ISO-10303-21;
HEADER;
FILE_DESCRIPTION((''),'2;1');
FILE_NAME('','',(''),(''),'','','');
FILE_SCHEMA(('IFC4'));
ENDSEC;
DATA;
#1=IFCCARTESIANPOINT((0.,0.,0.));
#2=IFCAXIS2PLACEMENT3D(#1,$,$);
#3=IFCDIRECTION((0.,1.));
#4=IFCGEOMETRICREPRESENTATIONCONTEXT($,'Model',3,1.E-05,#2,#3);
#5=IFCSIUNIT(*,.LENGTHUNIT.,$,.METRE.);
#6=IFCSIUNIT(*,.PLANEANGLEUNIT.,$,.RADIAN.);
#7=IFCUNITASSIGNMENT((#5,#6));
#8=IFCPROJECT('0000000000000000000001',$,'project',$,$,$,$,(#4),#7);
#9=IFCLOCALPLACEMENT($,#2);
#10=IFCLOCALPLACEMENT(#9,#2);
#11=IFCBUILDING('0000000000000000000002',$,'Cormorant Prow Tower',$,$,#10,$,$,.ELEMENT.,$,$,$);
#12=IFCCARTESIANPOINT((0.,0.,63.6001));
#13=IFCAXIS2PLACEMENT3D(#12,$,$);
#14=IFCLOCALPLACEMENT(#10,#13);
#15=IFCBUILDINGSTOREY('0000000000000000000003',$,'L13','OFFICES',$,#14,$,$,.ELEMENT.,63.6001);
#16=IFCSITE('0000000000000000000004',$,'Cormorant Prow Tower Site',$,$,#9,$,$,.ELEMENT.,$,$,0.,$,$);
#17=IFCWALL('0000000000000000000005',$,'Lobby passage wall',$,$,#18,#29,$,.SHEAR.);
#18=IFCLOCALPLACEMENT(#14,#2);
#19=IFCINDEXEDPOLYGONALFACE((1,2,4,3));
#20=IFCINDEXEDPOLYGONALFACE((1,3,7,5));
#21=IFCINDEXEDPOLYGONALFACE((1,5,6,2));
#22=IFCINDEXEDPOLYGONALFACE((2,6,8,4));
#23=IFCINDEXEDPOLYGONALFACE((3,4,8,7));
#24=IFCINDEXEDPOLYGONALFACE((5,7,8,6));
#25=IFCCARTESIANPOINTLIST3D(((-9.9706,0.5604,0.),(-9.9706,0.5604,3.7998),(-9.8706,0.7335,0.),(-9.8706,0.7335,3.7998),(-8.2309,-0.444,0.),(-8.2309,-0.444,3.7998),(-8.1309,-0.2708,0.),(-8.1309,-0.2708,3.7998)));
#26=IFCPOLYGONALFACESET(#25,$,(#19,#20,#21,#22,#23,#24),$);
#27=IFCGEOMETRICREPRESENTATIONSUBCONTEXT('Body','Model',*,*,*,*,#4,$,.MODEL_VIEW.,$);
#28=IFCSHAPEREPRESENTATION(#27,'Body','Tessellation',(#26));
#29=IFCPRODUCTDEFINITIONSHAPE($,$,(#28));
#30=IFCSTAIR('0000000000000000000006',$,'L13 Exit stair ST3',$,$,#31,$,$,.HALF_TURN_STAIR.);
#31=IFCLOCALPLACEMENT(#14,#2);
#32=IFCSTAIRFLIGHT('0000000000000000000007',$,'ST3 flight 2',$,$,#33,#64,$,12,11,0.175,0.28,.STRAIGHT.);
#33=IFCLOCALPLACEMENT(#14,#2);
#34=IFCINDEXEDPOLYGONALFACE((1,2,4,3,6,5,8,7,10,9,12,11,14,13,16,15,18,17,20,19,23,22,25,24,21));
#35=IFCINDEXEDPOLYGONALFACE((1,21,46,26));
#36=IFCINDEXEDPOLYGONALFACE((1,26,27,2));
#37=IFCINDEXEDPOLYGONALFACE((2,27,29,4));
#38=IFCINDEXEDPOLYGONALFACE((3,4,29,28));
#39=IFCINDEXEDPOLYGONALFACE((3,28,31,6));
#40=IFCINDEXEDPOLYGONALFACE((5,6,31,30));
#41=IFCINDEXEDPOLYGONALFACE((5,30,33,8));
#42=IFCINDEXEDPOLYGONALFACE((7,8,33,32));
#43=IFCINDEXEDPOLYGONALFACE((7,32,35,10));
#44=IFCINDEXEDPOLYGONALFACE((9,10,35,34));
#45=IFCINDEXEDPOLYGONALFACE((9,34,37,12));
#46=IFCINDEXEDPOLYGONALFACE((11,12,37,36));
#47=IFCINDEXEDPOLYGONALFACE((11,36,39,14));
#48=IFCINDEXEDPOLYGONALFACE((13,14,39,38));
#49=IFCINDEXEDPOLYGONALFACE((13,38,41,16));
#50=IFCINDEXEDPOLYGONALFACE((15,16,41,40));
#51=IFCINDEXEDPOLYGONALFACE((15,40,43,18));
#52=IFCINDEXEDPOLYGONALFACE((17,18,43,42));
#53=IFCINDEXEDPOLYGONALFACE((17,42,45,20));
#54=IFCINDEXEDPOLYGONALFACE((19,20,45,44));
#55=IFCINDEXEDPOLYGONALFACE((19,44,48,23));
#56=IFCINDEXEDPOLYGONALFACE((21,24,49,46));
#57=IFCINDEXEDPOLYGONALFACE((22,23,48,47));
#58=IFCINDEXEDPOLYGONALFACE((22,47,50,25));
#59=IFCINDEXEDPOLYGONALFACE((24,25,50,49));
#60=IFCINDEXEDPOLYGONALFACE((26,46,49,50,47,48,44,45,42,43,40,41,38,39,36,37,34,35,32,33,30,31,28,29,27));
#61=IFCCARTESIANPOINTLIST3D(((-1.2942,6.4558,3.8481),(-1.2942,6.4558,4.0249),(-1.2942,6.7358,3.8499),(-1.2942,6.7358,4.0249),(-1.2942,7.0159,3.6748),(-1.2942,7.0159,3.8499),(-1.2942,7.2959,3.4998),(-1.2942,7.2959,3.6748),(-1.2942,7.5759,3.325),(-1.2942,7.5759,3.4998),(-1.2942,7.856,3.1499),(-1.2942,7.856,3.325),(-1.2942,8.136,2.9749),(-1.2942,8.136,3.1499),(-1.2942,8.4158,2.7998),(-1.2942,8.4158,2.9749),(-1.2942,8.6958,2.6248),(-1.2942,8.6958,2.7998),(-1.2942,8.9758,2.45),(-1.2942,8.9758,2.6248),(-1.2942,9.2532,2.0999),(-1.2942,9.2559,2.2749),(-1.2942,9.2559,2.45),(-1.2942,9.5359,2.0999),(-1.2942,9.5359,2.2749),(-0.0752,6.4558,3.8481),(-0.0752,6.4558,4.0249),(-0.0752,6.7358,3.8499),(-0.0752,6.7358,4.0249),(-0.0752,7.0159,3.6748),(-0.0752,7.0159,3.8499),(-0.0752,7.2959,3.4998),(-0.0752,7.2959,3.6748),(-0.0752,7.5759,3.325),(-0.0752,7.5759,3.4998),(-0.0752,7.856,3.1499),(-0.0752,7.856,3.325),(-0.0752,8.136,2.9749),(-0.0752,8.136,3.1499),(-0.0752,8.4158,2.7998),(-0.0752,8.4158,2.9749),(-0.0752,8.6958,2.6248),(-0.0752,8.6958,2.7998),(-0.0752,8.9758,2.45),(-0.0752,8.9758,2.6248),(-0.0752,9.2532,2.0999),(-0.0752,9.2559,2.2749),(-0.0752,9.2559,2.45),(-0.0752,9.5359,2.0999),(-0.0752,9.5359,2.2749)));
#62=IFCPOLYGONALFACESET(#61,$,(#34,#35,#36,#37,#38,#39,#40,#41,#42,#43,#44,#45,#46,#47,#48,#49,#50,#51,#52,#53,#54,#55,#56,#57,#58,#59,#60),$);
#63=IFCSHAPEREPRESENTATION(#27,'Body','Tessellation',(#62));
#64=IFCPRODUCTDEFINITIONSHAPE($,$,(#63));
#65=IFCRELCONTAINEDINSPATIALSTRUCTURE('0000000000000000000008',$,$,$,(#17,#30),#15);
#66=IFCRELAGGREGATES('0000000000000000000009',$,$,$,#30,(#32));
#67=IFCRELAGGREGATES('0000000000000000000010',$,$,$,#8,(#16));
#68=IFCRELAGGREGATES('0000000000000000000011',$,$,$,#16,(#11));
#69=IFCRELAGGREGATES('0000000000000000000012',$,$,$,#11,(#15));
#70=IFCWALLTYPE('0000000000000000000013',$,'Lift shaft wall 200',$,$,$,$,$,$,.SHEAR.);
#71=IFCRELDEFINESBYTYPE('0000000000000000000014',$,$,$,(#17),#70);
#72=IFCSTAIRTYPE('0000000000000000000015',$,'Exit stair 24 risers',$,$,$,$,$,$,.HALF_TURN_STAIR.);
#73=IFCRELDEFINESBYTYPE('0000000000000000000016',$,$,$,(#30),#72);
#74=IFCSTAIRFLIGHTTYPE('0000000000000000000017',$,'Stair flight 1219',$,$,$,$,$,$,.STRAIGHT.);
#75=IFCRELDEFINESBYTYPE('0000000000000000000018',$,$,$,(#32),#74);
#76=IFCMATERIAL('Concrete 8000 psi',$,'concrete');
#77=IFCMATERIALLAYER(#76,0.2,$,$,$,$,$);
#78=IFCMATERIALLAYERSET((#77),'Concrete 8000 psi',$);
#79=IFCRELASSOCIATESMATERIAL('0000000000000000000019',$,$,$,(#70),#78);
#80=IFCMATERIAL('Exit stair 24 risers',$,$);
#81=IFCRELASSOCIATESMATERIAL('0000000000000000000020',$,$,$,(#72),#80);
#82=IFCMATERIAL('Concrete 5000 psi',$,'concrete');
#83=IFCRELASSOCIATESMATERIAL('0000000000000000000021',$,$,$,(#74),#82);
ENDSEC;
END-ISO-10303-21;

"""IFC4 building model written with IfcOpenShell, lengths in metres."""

from ifc_helpers import new_model, si_unit, direction, frame, frame_2d, origin, place, context, subcontext, project, spatial, polyline, rectangle, outline, extrude, material, layer, layer_set, type_object, element, aggregate, save


model = new_model("IFC4")

# Units and contexts
model_context = context("Model", 3, precision=1e-05, world=origin(), true_north=direction((0.0, 1.0)))
body_context = subcontext(model_context, "Body", "Model", "MODEL_VIEW")
ifc_project = project(units=[si_unit("LENGTHUNIT", "METRE"), si_unit("PLANEANGLEUNIT", "RADIAN")], contexts=[model_context])

# Site, building, storey
site_placement = place(None, origin())
site = spatial("IfcSite", under=ifc_project, at=site_placement, Name="Cormorant Prow Tower Site", CompositionType="ELEMENT", RefElevation=0.0)
building_placement = place(site_placement, origin())
building = spatial("IfcBuilding", under=site, at=building_placement, Name="Cormorant Prow Tower", CompositionType="ELEMENT")
storey_placement = place(building_placement, frame((0.0, 0.0, 63.6001)))
storey = spatial("IfcBuildingStorey", under=building, at=storey_placement, Name="L13", Description="OFFICES", CompositionType="ELEMENT", Elevation=63.6001)

# Wall
ifc_material_1 = material(Name="Concrete 8000 psi", Category="concrete")
ifc_layer_1 = layer(ifc_material_1, 0.2)
ifc_layer_set_1 = layer_set([ifc_layer_1], Name="Concrete 8000 psi")
wall_type_1 = type_object("IfcWallType", Name="Lift shaft wall 200", PredefinedType="SHEAR", material=ifc_layer_set_1)
wall_1_placement = place(storey_placement, frame((-8.1809, -0.3574, 0.0), z_axis=(0.0, 0.0, 1.0), x_axis=(-0.866036, 0.499982, 0.0)))
element("IfcWall", 1, at=wall_1_placement, inside=storey, type_object=wall_type_1, Name="Lobby passage wall", PredefinedType="SHEAR", context=body_context, shape_type="SweptSolid", body=[
    extrude(rectangle(XDim=2.0088, YDim=0.2, at=frame_2d((1.0044, 0.0))), origin(), (0.0, 0.0, 1.0), 3.7998),
])

# Stair, stair flight
ifc_material_2 = material(Name="Exit stair 24 risers")
stair_type = type_object("IfcStairType", Name="Exit stair 24 risers", PredefinedType="HALF_TURN_STAIR", material=ifc_material_2)
stair_placement = place(storey_placement, origin())
stair = element("IfcStair", 2, at=stair_placement, inside=storey, type_object=stair_type, Name="L13 Exit stair ST3", PredefinedType="HALF_TURN_STAIR")
ifc_material_3 = material(Name="Concrete 5000 psi", Category="concrete")
stair_flight_type = type_object("IfcStairFlightType", Name="Stair flight 1219", PredefinedType="STRAIGHT", material=ifc_material_3)
stair_flight_placement = place(storey_placement, frame((-0.6846, 9.5359, 2.0999), z_axis=(0.0, 0.0, 1.0), x_axis=(0.0, -1.0, 0.0)))
stair_flight = element("IfcStairFlight", 3, at=stair_flight_placement, type_object=stair_flight_type, Name="ST3 flight 2", NumberOfRisers=12, NumberOfTreads=11, PredefinedType="STRAIGHT", RiserHeight=0.175, TreadLength=0.28, context=body_context, shape_type="SweptSolid", body=[
    extrude(outline(polyline([(0.0, 0.0), (0.0, 0.175), (0.28, 0.175), (0.28, 0.3501), (0.5601, 0.3501), (0.5601, 0.5249), (0.8401, 0.5249), (0.8401, 0.7), (1.1201, 0.7), (1.1201, 0.875), (1.3999, 0.875), (1.3999, 1.05), (1.6799, 1.05), (1.6799, 1.2251), (1.96, 1.2251), (1.96, 1.3999), (2.24, 1.3999), (2.24, 1.575), (2.52, 1.575), (2.52, 1.75), (2.8, 1.75), (2.8, 1.925), (3.0801, 1.925), (3.0801, 2.1001), (3.0801, 1.7483), (0.2827, 0.0), (0.0, 0.0)])), frame((0.0, 0.6094, 0.0), z_axis=(0.0, -1.0, 0.0), x_axis=(1.0, 0.0, 0.0)), (0.0, 0.0, 1.0), 1.219),
])
aggregate(stair, [stair_flight])

save(model, "model.ifc")
